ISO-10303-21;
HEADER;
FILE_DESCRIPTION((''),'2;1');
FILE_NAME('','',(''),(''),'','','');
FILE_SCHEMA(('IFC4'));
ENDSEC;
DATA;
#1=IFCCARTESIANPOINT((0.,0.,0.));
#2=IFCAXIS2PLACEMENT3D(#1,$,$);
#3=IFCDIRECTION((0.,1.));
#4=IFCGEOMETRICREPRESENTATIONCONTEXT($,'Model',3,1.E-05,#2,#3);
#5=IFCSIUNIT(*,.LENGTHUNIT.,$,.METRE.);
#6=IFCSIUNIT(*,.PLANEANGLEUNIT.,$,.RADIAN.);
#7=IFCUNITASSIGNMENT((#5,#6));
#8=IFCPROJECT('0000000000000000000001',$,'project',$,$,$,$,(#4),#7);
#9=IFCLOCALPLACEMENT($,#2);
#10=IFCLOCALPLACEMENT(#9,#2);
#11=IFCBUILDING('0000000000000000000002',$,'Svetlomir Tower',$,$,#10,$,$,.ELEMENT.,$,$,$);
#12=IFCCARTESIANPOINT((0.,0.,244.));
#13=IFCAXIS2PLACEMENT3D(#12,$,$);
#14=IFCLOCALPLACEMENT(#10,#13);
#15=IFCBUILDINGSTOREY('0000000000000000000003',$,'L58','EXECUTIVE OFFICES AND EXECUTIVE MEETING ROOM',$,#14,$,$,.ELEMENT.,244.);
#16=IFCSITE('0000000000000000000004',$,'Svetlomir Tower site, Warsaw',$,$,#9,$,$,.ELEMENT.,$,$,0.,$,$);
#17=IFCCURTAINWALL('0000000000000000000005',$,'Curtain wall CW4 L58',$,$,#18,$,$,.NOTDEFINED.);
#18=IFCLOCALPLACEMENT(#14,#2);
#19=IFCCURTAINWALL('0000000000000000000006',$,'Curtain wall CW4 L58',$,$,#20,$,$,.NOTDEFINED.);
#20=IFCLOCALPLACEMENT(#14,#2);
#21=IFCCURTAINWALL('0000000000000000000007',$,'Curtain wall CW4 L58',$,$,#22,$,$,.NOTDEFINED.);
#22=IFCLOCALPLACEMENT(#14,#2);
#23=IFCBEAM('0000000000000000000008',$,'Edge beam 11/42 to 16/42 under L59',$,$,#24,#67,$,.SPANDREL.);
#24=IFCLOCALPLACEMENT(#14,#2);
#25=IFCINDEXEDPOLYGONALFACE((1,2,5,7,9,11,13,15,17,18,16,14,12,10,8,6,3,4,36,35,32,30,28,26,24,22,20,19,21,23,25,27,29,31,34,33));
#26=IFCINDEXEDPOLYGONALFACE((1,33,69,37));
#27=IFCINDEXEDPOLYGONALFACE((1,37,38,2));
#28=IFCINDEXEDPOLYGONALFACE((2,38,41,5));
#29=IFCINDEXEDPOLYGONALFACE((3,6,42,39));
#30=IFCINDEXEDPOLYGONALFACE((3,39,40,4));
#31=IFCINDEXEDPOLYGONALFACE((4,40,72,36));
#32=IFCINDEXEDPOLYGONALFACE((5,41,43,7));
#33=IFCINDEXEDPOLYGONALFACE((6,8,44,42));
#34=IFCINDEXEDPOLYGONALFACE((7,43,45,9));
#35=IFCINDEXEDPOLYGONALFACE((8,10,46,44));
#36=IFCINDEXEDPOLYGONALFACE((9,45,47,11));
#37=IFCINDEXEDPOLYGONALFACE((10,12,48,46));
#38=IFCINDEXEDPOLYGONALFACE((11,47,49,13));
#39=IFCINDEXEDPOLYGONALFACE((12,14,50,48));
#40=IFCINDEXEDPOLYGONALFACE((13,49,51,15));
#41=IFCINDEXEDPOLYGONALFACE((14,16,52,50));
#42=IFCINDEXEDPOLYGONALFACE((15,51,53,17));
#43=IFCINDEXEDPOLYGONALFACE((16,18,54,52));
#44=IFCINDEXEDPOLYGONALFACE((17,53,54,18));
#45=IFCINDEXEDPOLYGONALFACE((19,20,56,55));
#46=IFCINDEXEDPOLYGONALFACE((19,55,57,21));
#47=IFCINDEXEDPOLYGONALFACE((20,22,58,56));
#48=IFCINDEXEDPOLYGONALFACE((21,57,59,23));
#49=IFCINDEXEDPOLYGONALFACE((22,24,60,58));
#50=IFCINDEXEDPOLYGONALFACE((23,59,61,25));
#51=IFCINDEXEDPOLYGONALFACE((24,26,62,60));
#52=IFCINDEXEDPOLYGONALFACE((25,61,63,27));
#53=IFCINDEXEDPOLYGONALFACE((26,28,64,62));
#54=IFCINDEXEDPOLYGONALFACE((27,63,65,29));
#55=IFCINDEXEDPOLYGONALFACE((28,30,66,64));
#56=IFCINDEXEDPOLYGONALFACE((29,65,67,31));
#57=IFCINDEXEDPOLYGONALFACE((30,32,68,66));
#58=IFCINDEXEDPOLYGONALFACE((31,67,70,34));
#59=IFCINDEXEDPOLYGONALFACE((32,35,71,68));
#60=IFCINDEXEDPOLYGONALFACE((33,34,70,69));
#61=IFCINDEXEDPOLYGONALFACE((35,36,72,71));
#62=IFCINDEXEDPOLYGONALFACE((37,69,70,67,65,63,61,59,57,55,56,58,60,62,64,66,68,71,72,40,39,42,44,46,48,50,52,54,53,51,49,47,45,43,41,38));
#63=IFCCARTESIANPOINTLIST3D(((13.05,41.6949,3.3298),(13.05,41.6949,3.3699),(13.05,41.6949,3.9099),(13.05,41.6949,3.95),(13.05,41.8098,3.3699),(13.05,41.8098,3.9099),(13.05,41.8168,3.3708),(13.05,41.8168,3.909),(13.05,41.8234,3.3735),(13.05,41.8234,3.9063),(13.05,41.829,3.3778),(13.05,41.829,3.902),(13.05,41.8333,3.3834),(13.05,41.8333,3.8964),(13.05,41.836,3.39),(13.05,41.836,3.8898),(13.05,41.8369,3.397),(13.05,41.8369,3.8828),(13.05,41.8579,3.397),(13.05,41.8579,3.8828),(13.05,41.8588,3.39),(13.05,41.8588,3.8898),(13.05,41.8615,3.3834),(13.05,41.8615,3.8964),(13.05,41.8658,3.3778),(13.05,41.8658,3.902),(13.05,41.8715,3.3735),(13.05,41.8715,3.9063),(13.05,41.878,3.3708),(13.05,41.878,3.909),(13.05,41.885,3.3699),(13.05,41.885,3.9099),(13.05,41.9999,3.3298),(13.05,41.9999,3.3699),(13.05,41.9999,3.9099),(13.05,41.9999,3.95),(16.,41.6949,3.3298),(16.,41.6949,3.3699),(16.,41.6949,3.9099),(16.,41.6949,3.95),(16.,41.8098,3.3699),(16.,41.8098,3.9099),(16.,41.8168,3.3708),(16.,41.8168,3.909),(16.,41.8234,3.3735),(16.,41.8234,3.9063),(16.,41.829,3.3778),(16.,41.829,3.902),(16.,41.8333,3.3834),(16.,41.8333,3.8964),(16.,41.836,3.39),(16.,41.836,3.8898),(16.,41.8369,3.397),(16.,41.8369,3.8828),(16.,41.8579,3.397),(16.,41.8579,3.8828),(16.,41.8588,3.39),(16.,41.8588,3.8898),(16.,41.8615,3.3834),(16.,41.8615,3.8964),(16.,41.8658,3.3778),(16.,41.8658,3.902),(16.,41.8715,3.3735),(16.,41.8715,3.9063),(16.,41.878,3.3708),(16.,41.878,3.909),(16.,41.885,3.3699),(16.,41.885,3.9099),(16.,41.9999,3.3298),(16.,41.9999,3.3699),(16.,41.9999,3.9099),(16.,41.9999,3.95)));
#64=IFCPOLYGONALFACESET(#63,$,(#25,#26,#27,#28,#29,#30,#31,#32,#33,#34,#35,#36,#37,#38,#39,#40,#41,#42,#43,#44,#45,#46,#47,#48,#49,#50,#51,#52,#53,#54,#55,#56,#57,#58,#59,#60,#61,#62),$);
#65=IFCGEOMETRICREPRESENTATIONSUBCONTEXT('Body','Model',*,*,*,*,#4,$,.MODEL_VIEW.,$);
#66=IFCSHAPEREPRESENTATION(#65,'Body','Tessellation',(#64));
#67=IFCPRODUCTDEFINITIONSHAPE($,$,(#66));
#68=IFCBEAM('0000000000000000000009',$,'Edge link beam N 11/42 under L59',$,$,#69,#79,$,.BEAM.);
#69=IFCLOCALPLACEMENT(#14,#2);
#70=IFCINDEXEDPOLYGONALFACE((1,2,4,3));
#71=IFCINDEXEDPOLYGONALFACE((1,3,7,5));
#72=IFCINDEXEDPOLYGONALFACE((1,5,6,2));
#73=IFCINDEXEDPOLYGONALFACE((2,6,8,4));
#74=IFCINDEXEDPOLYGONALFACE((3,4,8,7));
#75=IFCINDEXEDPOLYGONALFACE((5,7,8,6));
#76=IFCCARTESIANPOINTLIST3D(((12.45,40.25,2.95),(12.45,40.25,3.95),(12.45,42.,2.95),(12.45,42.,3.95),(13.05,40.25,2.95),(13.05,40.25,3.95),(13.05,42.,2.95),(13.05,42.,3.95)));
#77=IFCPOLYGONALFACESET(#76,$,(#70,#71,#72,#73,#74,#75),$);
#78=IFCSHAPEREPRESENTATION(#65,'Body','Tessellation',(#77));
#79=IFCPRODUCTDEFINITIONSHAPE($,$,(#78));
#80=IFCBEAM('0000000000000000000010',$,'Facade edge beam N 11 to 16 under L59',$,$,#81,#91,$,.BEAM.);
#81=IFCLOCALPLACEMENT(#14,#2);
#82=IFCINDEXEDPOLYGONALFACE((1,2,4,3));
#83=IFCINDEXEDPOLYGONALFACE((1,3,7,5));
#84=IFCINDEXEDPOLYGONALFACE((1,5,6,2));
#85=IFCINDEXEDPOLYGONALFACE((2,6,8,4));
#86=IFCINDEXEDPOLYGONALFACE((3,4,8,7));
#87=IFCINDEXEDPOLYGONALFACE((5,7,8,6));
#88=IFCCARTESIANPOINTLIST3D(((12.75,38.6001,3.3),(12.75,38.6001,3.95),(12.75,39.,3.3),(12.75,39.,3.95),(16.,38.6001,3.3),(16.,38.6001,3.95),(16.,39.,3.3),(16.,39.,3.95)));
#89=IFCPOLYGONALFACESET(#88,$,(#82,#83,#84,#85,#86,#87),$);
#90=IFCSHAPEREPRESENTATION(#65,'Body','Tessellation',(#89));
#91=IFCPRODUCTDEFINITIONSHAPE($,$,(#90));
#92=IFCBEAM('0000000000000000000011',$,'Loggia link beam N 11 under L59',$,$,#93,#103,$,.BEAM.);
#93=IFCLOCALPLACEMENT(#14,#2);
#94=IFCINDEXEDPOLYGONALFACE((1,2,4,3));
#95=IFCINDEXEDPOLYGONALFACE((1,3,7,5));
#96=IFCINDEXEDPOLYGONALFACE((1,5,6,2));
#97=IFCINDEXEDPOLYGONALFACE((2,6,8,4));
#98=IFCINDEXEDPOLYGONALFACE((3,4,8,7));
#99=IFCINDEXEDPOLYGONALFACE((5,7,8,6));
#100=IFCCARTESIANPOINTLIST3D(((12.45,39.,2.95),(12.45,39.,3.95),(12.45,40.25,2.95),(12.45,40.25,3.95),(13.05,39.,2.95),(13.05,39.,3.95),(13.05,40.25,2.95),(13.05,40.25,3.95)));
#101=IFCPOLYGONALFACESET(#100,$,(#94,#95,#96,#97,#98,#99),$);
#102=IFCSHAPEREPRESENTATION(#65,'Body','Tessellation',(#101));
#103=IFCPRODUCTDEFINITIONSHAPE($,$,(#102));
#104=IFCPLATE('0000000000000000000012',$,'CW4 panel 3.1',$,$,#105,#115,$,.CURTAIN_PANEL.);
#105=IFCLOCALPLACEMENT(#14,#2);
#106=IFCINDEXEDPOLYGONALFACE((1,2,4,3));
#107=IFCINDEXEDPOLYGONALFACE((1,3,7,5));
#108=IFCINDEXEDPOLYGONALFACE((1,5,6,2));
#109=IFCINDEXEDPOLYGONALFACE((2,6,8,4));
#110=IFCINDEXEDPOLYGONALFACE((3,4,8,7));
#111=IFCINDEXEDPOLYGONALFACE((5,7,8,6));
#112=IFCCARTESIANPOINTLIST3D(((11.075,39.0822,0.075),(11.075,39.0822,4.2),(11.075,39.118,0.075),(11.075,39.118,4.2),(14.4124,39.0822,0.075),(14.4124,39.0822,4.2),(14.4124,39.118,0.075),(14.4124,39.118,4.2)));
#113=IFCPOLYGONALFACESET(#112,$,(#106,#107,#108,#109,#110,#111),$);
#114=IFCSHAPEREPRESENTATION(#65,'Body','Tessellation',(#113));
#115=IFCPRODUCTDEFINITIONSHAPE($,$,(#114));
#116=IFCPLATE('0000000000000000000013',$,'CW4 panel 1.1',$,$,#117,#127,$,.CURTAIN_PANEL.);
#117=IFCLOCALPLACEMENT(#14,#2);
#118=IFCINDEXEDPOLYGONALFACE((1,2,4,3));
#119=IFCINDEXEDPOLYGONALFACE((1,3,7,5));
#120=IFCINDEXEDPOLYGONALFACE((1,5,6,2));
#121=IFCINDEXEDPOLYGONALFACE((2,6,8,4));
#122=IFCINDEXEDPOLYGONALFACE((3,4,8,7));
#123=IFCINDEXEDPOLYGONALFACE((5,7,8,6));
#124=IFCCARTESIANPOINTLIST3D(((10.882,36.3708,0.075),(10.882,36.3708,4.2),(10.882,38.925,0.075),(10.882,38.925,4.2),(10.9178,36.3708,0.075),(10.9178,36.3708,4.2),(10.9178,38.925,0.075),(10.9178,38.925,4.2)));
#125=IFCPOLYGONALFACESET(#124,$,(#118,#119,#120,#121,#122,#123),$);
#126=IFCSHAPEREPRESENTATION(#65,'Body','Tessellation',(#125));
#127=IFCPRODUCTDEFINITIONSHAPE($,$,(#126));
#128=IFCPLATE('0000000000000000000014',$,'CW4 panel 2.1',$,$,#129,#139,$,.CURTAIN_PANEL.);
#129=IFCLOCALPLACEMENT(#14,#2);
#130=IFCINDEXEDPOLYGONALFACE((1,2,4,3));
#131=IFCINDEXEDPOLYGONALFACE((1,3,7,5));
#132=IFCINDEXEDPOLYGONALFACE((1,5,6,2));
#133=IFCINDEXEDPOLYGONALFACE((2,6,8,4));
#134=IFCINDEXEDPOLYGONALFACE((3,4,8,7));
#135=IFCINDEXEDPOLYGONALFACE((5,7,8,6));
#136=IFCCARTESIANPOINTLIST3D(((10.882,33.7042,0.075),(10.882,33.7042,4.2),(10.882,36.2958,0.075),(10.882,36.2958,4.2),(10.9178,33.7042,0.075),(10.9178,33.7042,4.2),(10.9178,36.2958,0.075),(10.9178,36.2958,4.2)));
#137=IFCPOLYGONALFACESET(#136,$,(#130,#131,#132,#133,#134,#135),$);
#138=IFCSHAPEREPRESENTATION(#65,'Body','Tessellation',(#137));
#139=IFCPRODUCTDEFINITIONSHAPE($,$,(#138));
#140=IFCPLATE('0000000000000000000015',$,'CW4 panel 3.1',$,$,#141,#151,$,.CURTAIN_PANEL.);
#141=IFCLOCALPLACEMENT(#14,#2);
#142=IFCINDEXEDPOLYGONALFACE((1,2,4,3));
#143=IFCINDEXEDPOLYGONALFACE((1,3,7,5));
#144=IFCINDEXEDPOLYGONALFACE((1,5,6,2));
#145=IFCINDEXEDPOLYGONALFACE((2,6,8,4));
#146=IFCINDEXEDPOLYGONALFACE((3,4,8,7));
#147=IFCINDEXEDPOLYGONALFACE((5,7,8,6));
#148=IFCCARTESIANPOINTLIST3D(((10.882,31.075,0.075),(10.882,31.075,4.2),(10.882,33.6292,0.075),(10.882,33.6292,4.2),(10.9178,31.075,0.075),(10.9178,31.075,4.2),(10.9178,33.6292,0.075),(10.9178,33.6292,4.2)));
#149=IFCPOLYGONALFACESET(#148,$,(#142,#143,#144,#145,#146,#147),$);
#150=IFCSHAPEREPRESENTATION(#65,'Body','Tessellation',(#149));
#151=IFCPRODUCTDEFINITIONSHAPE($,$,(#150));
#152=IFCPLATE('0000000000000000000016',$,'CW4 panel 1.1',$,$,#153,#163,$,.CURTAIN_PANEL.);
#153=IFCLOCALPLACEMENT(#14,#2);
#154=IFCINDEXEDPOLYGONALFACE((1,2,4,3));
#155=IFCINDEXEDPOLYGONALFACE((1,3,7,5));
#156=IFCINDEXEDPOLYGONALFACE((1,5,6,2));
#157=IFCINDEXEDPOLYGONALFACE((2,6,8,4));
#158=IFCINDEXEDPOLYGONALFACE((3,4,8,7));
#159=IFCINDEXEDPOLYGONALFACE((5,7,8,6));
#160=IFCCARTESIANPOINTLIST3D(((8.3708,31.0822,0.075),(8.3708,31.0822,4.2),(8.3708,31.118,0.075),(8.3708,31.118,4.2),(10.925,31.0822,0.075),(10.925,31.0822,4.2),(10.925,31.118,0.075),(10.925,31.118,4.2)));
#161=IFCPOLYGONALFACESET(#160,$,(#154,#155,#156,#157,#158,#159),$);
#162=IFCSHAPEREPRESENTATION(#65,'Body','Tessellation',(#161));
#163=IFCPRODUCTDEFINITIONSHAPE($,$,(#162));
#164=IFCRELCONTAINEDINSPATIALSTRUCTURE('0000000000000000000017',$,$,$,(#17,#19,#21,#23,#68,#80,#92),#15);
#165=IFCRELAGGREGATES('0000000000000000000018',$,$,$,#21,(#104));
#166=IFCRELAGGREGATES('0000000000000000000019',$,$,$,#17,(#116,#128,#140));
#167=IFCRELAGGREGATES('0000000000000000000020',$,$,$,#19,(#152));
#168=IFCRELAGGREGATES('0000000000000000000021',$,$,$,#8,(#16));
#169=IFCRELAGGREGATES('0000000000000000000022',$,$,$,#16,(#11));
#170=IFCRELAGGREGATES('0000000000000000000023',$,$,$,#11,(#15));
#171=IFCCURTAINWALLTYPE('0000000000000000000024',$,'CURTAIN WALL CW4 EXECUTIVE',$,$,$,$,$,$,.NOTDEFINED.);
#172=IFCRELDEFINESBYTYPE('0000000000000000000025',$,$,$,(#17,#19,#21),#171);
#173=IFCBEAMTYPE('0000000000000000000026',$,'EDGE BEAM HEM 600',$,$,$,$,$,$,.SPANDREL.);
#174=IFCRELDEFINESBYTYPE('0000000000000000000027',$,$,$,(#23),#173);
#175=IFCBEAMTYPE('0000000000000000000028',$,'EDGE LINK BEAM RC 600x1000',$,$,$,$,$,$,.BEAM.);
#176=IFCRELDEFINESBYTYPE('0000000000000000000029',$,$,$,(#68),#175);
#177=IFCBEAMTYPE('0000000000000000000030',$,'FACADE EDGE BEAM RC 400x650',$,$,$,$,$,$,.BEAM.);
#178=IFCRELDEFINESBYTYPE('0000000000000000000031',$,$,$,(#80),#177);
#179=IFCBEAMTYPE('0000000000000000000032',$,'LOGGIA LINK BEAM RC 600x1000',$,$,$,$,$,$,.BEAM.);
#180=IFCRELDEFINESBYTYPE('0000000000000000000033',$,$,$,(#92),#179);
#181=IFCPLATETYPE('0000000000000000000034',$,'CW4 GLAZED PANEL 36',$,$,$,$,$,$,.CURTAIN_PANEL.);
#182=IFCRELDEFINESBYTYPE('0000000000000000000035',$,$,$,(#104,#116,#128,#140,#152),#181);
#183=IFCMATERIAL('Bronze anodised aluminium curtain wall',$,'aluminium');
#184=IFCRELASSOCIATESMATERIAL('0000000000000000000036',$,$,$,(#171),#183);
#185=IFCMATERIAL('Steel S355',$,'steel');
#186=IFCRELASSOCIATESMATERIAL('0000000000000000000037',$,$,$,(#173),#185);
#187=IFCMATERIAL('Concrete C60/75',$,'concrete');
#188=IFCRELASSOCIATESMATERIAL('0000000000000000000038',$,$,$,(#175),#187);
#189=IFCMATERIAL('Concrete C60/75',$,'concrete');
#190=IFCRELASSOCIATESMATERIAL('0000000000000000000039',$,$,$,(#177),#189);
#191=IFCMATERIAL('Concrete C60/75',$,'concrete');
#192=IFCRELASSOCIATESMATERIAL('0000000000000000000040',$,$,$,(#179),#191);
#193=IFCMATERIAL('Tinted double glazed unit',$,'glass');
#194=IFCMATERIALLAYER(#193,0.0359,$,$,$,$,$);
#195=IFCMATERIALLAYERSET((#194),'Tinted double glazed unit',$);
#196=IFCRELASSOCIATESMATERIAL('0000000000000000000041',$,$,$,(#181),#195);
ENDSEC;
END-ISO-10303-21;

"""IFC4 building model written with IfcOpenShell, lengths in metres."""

from ifc_helpers import new_model, si_unit, direction, frame, origin, origin_2d, place, context, subcontext, project, spatial, rectangle, i_section, extrude, material, layer, layer_set, material_profile, profile_set, type_object, element, aggregate, save


model = new_model("IFC4")

# Units and contexts
model_context = context("Model", 3, precision=1e-05, world=origin(), true_north=direction((0.0, 1.0)))
body_context = subcontext(model_context, "Body", "Model", "MODEL_VIEW")
ifc_project = project(units=[si_unit("LENGTHUNIT", "METRE"), si_unit("PLANEANGLEUNIT", "RADIAN")], contexts=[model_context])

# Site, building, storey
site_placement = place(None, origin())
site = spatial("IfcSite", under=ifc_project, at=site_placement, Name="Svetlomir Tower site, Warsaw", CompositionType="ELEMENT", RefElevation=0.0)
building_placement = place(site_placement, origin())
building = spatial("IfcBuilding", under=site, at=building_placement, Name="Svetlomir Tower", CompositionType="ELEMENT")
storey_placement = place(building_placement, frame((0.0, 0.0, 244.0)))
storey = spatial("IfcBuildingStorey", under=building, at=storey_placement, Name="L58", Description="EXECUTIVE OFFICES AND EXECUTIVE MEETING ROOM", CompositionType="ELEMENT", Elevation=244.0)

# Curtain walls
ifc_material_1 = material(Name="Bronze anodised aluminium curtain wall", Category="aluminium")
curtain_wall_type = type_object("IfcCurtainWallType", Name="CURTAIN WALL CW4 EXECUTIVE", PredefinedType="NOTDEFINED", material=ifc_material_1)
curtain_wall_1_placement = place(storey_placement, origin())
curtain_wall_1 = element("IfcCurtainWall", 1, at=curtain_wall_1_placement, inside=storey, type_object=curtain_wall_type, Name="Curtain wall CW4 L58", PredefinedType="NOTDEFINED")
curtain_wall_2_placement = place(storey_placement, origin())
curtain_wall_2 = element("IfcCurtainWall", 2, at=curtain_wall_2_placement, inside=storey, type_object=curtain_wall_type, Name="Curtain wall CW4 L58", PredefinedType="NOTDEFINED")

# Curtain wall
curtain_wall_3_placement = place(storey_placement, origin())
curtain_wall_3 = element("IfcCurtainWall", 3, at=curtain_wall_3_placement, inside=storey, type_object=curtain_wall_type, Name="Curtain wall CW4 L58", PredefinedType="NOTDEFINED")

# Beams
ifc_material_2 = material(Name="Steel S355", Category="steel")
ifc_material_profile_1 = material_profile(ifc_material_2, i_section(OverallWidth=0.3049, OverallDepth=0.6201, WebThickness=0.021, FlangeThickness=0.04, FilletRadius=0.0271, at=origin_2d()), Name="HEM 600")
ifc_profile_set_1 = profile_set([ifc_material_profile_1], Name="Steel S355")
beam_type_1 = type_object("IfcBeamType", Name="EDGE BEAM HEM 600", PredefinedType="SPANDREL", material=ifc_profile_set_1)
beam_1_placement = place(storey_placement, frame((13.05, 41.8474, 3.6399), z_axis=(1.0, 0.0, 0.0), x_axis=(0.0, 1.0, 0.0)))
element("IfcBeam", 4, at=beam_1_placement, inside=storey, type_object=beam_type_1, Name="Edge beam 11/42 to 16/42 under L59", PredefinedType="SPANDREL", context=body_context, shape_type="SweptSolid", body=[
    extrude(i_section(OverallWidth=0.3049, OverallDepth=0.6201, WebThickness=0.021, FlangeThickness=0.04, FilletRadius=0.0271, at=origin_2d()), origin(), (0.0, 0.0, 1.0), 2.95),
])
ifc_material_3 = material(Name="Concrete C60/75", Category="concrete")
ifc_material_profile_2 = material_profile(ifc_material_3, rectangle(XDim=0.6001, YDim=1.0, at=origin_2d()), Name="RC 600x1000")
ifc_profile_set_2 = profile_set([ifc_material_profile_2], Name="Concrete C60/75")
beam_type_2 = type_object("IfcBeamType", Name="EDGE LINK BEAM RC 600x1000", PredefinedType="BEAM", material=ifc_profile_set_2)
beam_2_placement = place(storey_placement, frame((12.75, 40.25, 3.45), z_axis=(0.0, 1.0, 0.0), x_axis=(-1.0, 0.0, 0.0)))
element("IfcBeam", 5, at=beam_2_placement, inside=storey, type_object=beam_type_2, Name="Edge link beam N 11/42 under L59", PredefinedType="BEAM", context=body_context, shape_type="SweptSolid", body=[
    extrude(rectangle(XDim=0.6001, YDim=1.0, at=origin_2d()), origin(), (0.0, 0.0, 1.0), 1.75),
])
ifc_material_4 = material(Name="Concrete C60/75", Category="concrete")
ifc_material_profile_3 = material_profile(ifc_material_4, rectangle(XDim=0.3999, YDim=0.6499, at=origin_2d()), Name="RC 400x650")
ifc_profile_set_3 = profile_set([ifc_material_profile_3], Name="Concrete C60/75")
beam_type_3 = type_object("IfcBeamType", Name="FACADE EDGE BEAM RC 400x650", PredefinedType="BEAM", material=ifc_profile_set_3)
beam_3_placement = place(storey_placement, frame((12.75, 38.8, 3.625), z_axis=(1.0, 0.0, 0.0), x_axis=(0.0, 1.0, 0.0)))
element("IfcBeam", 6, at=beam_3_placement, inside=storey, type_object=beam_type_3, Name="Facade edge beam N 11 to 16 under L59", PredefinedType="BEAM", context=body_context, shape_type="SweptSolid", body=[
    extrude(rectangle(XDim=0.3999, YDim=0.6499, at=origin_2d()), origin(), (0.0, 0.0, 1.0), 3.25),
])
ifc_material_5 = material(Name="Concrete C60/75", Category="concrete")
ifc_material_profile_4 = material_profile(ifc_material_5, rectangle(XDim=0.6001, YDim=1.0, at=origin_2d()), Name="RC 600x1000")
ifc_profile_set_4 = profile_set([ifc_material_profile_4], Name="Concrete C60/75")
beam_type_4 = type_object("IfcBeamType", Name="LOGGIA LINK BEAM RC 600x1000", PredefinedType="BEAM", material=ifc_profile_set_4)
beam_4_placement = place(storey_placement, frame((12.75, 40.25, 3.45), z_axis=(0.0, -1.0, 0.0), x_axis=(1.0, 0.0, 0.0)))
element("IfcBeam", 7, at=beam_4_placement, inside=storey, type_object=beam_type_4, Name="Loggia link beam N 11 under L59", PredefinedType="BEAM", context=body_context, shape_type="SweptSolid", body=[
    extrude(rectangle(XDim=0.6001, YDim=1.0, at=origin_2d()), origin(), (0.0, 0.0, 1.0), 1.25),
])

# Plates
ifc_material_6 = material(Name="Tinted double glazed unit", Category="glass")
ifc_layer_1 = layer(ifc_material_6, 0.0359)
ifc_layer_set_1 = layer_set([ifc_layer_1], Name="Tinted double glazed unit")
plate_type = type_object("IfcPlateType", Name="CW4 GLAZED PANEL 36", PredefinedType="CURTAIN_PANEL", material=ifc_layer_set_1)
plate_1_placement = place(storey_placement, frame((12.7437, 39.1001, 0.075), z_axis=(0.0, 0.0, 1.0), x_axis=(-1.0, 0.0, 0.0)))
plate_1 = element("IfcPlate", 8, at=plate_1_placement, type_object=plate_type, Name="CW4 panel 3.1", PredefinedType="CURTAIN_PANEL", context=body_context, shape_type="SweptSolid", body=[
    extrude(rectangle(XDim=3.3374, YDim=0.0359, at=origin_2d()), origin(), (0.0, 0.0, 1.0), 4.125),
])
aggregate(curtain_wall_3, [plate_1])
plate_2_placement = place(storey_placement, frame((10.8999, 37.6479, 0.075), z_axis=(0.0, 0.0, 1.0), x_axis=(0.0, -1.0, 0.0)))
plate_2 = element("IfcPlate", 9, at=plate_2_placement, type_object=plate_type, Name="CW4 panel 1.1", PredefinedType="CURTAIN_PANEL", context=body_context, shape_type="SweptSolid", body=[
    extrude(rectangle(XDim=2.5542, YDim=0.0359, at=origin_2d()), origin(), (0.0, 0.0, 1.0), 4.125),
])
plate_3_placement = place(storey_placement, frame((10.8999, 35.0, 0.075), z_axis=(0.0, 0.0, 1.0), x_axis=(0.0, -1.0, 0.0)))
plate_3 = element("IfcPlate", 10, at=plate_3_placement, type_object=plate_type, Name="CW4 panel 2.1", PredefinedType="CURTAIN_PANEL", context=body_context, shape_type="SweptSolid", body=[
    extrude(rectangle(XDim=2.5916, YDim=0.0359, at=origin_2d()), origin(), (0.0, 0.0, 1.0), 4.125),
])
plate_4_placement = place(storey_placement, frame((10.8999, 32.3521, 0.075), z_axis=(0.0, 0.0, 1.0), x_axis=(0.0, -1.0, 0.0)))
plate_4 = element("IfcPlate", 11, at=plate_4_placement, type_object=plate_type, Name="CW4 panel 3.1", PredefinedType="CURTAIN_PANEL", context=body_context, shape_type="SweptSolid", body=[
    extrude(rectangle(XDim=2.5542, YDim=0.0359, at=origin_2d()), origin(), (0.0, 0.0, 1.0), 4.125),
])
aggregate(curtain_wall_1, [plate_2, plate_3, plate_4])
plate_5_placement = place(storey_placement, frame((9.6479, 31.1001, 0.075), z_axis=(0.0, 0.0, 1.0), x_axis=(-1.0, 0.0, 0.0)))
plate_5 = element("IfcPlate", 12, at=plate_5_placement, type_object=plate_type, Name="CW4 panel 1.1", PredefinedType="CURTAIN_PANEL", context=body_context, shape_type="SweptSolid", body=[
    extrude(rectangle(XDim=2.5542, YDim=0.0359, at=origin_2d()), origin(), (0.0, 0.0, 1.0), 4.125),
])
aggregate(curtain_wall_2, [plate_5])

save(model, "model.ifc")
